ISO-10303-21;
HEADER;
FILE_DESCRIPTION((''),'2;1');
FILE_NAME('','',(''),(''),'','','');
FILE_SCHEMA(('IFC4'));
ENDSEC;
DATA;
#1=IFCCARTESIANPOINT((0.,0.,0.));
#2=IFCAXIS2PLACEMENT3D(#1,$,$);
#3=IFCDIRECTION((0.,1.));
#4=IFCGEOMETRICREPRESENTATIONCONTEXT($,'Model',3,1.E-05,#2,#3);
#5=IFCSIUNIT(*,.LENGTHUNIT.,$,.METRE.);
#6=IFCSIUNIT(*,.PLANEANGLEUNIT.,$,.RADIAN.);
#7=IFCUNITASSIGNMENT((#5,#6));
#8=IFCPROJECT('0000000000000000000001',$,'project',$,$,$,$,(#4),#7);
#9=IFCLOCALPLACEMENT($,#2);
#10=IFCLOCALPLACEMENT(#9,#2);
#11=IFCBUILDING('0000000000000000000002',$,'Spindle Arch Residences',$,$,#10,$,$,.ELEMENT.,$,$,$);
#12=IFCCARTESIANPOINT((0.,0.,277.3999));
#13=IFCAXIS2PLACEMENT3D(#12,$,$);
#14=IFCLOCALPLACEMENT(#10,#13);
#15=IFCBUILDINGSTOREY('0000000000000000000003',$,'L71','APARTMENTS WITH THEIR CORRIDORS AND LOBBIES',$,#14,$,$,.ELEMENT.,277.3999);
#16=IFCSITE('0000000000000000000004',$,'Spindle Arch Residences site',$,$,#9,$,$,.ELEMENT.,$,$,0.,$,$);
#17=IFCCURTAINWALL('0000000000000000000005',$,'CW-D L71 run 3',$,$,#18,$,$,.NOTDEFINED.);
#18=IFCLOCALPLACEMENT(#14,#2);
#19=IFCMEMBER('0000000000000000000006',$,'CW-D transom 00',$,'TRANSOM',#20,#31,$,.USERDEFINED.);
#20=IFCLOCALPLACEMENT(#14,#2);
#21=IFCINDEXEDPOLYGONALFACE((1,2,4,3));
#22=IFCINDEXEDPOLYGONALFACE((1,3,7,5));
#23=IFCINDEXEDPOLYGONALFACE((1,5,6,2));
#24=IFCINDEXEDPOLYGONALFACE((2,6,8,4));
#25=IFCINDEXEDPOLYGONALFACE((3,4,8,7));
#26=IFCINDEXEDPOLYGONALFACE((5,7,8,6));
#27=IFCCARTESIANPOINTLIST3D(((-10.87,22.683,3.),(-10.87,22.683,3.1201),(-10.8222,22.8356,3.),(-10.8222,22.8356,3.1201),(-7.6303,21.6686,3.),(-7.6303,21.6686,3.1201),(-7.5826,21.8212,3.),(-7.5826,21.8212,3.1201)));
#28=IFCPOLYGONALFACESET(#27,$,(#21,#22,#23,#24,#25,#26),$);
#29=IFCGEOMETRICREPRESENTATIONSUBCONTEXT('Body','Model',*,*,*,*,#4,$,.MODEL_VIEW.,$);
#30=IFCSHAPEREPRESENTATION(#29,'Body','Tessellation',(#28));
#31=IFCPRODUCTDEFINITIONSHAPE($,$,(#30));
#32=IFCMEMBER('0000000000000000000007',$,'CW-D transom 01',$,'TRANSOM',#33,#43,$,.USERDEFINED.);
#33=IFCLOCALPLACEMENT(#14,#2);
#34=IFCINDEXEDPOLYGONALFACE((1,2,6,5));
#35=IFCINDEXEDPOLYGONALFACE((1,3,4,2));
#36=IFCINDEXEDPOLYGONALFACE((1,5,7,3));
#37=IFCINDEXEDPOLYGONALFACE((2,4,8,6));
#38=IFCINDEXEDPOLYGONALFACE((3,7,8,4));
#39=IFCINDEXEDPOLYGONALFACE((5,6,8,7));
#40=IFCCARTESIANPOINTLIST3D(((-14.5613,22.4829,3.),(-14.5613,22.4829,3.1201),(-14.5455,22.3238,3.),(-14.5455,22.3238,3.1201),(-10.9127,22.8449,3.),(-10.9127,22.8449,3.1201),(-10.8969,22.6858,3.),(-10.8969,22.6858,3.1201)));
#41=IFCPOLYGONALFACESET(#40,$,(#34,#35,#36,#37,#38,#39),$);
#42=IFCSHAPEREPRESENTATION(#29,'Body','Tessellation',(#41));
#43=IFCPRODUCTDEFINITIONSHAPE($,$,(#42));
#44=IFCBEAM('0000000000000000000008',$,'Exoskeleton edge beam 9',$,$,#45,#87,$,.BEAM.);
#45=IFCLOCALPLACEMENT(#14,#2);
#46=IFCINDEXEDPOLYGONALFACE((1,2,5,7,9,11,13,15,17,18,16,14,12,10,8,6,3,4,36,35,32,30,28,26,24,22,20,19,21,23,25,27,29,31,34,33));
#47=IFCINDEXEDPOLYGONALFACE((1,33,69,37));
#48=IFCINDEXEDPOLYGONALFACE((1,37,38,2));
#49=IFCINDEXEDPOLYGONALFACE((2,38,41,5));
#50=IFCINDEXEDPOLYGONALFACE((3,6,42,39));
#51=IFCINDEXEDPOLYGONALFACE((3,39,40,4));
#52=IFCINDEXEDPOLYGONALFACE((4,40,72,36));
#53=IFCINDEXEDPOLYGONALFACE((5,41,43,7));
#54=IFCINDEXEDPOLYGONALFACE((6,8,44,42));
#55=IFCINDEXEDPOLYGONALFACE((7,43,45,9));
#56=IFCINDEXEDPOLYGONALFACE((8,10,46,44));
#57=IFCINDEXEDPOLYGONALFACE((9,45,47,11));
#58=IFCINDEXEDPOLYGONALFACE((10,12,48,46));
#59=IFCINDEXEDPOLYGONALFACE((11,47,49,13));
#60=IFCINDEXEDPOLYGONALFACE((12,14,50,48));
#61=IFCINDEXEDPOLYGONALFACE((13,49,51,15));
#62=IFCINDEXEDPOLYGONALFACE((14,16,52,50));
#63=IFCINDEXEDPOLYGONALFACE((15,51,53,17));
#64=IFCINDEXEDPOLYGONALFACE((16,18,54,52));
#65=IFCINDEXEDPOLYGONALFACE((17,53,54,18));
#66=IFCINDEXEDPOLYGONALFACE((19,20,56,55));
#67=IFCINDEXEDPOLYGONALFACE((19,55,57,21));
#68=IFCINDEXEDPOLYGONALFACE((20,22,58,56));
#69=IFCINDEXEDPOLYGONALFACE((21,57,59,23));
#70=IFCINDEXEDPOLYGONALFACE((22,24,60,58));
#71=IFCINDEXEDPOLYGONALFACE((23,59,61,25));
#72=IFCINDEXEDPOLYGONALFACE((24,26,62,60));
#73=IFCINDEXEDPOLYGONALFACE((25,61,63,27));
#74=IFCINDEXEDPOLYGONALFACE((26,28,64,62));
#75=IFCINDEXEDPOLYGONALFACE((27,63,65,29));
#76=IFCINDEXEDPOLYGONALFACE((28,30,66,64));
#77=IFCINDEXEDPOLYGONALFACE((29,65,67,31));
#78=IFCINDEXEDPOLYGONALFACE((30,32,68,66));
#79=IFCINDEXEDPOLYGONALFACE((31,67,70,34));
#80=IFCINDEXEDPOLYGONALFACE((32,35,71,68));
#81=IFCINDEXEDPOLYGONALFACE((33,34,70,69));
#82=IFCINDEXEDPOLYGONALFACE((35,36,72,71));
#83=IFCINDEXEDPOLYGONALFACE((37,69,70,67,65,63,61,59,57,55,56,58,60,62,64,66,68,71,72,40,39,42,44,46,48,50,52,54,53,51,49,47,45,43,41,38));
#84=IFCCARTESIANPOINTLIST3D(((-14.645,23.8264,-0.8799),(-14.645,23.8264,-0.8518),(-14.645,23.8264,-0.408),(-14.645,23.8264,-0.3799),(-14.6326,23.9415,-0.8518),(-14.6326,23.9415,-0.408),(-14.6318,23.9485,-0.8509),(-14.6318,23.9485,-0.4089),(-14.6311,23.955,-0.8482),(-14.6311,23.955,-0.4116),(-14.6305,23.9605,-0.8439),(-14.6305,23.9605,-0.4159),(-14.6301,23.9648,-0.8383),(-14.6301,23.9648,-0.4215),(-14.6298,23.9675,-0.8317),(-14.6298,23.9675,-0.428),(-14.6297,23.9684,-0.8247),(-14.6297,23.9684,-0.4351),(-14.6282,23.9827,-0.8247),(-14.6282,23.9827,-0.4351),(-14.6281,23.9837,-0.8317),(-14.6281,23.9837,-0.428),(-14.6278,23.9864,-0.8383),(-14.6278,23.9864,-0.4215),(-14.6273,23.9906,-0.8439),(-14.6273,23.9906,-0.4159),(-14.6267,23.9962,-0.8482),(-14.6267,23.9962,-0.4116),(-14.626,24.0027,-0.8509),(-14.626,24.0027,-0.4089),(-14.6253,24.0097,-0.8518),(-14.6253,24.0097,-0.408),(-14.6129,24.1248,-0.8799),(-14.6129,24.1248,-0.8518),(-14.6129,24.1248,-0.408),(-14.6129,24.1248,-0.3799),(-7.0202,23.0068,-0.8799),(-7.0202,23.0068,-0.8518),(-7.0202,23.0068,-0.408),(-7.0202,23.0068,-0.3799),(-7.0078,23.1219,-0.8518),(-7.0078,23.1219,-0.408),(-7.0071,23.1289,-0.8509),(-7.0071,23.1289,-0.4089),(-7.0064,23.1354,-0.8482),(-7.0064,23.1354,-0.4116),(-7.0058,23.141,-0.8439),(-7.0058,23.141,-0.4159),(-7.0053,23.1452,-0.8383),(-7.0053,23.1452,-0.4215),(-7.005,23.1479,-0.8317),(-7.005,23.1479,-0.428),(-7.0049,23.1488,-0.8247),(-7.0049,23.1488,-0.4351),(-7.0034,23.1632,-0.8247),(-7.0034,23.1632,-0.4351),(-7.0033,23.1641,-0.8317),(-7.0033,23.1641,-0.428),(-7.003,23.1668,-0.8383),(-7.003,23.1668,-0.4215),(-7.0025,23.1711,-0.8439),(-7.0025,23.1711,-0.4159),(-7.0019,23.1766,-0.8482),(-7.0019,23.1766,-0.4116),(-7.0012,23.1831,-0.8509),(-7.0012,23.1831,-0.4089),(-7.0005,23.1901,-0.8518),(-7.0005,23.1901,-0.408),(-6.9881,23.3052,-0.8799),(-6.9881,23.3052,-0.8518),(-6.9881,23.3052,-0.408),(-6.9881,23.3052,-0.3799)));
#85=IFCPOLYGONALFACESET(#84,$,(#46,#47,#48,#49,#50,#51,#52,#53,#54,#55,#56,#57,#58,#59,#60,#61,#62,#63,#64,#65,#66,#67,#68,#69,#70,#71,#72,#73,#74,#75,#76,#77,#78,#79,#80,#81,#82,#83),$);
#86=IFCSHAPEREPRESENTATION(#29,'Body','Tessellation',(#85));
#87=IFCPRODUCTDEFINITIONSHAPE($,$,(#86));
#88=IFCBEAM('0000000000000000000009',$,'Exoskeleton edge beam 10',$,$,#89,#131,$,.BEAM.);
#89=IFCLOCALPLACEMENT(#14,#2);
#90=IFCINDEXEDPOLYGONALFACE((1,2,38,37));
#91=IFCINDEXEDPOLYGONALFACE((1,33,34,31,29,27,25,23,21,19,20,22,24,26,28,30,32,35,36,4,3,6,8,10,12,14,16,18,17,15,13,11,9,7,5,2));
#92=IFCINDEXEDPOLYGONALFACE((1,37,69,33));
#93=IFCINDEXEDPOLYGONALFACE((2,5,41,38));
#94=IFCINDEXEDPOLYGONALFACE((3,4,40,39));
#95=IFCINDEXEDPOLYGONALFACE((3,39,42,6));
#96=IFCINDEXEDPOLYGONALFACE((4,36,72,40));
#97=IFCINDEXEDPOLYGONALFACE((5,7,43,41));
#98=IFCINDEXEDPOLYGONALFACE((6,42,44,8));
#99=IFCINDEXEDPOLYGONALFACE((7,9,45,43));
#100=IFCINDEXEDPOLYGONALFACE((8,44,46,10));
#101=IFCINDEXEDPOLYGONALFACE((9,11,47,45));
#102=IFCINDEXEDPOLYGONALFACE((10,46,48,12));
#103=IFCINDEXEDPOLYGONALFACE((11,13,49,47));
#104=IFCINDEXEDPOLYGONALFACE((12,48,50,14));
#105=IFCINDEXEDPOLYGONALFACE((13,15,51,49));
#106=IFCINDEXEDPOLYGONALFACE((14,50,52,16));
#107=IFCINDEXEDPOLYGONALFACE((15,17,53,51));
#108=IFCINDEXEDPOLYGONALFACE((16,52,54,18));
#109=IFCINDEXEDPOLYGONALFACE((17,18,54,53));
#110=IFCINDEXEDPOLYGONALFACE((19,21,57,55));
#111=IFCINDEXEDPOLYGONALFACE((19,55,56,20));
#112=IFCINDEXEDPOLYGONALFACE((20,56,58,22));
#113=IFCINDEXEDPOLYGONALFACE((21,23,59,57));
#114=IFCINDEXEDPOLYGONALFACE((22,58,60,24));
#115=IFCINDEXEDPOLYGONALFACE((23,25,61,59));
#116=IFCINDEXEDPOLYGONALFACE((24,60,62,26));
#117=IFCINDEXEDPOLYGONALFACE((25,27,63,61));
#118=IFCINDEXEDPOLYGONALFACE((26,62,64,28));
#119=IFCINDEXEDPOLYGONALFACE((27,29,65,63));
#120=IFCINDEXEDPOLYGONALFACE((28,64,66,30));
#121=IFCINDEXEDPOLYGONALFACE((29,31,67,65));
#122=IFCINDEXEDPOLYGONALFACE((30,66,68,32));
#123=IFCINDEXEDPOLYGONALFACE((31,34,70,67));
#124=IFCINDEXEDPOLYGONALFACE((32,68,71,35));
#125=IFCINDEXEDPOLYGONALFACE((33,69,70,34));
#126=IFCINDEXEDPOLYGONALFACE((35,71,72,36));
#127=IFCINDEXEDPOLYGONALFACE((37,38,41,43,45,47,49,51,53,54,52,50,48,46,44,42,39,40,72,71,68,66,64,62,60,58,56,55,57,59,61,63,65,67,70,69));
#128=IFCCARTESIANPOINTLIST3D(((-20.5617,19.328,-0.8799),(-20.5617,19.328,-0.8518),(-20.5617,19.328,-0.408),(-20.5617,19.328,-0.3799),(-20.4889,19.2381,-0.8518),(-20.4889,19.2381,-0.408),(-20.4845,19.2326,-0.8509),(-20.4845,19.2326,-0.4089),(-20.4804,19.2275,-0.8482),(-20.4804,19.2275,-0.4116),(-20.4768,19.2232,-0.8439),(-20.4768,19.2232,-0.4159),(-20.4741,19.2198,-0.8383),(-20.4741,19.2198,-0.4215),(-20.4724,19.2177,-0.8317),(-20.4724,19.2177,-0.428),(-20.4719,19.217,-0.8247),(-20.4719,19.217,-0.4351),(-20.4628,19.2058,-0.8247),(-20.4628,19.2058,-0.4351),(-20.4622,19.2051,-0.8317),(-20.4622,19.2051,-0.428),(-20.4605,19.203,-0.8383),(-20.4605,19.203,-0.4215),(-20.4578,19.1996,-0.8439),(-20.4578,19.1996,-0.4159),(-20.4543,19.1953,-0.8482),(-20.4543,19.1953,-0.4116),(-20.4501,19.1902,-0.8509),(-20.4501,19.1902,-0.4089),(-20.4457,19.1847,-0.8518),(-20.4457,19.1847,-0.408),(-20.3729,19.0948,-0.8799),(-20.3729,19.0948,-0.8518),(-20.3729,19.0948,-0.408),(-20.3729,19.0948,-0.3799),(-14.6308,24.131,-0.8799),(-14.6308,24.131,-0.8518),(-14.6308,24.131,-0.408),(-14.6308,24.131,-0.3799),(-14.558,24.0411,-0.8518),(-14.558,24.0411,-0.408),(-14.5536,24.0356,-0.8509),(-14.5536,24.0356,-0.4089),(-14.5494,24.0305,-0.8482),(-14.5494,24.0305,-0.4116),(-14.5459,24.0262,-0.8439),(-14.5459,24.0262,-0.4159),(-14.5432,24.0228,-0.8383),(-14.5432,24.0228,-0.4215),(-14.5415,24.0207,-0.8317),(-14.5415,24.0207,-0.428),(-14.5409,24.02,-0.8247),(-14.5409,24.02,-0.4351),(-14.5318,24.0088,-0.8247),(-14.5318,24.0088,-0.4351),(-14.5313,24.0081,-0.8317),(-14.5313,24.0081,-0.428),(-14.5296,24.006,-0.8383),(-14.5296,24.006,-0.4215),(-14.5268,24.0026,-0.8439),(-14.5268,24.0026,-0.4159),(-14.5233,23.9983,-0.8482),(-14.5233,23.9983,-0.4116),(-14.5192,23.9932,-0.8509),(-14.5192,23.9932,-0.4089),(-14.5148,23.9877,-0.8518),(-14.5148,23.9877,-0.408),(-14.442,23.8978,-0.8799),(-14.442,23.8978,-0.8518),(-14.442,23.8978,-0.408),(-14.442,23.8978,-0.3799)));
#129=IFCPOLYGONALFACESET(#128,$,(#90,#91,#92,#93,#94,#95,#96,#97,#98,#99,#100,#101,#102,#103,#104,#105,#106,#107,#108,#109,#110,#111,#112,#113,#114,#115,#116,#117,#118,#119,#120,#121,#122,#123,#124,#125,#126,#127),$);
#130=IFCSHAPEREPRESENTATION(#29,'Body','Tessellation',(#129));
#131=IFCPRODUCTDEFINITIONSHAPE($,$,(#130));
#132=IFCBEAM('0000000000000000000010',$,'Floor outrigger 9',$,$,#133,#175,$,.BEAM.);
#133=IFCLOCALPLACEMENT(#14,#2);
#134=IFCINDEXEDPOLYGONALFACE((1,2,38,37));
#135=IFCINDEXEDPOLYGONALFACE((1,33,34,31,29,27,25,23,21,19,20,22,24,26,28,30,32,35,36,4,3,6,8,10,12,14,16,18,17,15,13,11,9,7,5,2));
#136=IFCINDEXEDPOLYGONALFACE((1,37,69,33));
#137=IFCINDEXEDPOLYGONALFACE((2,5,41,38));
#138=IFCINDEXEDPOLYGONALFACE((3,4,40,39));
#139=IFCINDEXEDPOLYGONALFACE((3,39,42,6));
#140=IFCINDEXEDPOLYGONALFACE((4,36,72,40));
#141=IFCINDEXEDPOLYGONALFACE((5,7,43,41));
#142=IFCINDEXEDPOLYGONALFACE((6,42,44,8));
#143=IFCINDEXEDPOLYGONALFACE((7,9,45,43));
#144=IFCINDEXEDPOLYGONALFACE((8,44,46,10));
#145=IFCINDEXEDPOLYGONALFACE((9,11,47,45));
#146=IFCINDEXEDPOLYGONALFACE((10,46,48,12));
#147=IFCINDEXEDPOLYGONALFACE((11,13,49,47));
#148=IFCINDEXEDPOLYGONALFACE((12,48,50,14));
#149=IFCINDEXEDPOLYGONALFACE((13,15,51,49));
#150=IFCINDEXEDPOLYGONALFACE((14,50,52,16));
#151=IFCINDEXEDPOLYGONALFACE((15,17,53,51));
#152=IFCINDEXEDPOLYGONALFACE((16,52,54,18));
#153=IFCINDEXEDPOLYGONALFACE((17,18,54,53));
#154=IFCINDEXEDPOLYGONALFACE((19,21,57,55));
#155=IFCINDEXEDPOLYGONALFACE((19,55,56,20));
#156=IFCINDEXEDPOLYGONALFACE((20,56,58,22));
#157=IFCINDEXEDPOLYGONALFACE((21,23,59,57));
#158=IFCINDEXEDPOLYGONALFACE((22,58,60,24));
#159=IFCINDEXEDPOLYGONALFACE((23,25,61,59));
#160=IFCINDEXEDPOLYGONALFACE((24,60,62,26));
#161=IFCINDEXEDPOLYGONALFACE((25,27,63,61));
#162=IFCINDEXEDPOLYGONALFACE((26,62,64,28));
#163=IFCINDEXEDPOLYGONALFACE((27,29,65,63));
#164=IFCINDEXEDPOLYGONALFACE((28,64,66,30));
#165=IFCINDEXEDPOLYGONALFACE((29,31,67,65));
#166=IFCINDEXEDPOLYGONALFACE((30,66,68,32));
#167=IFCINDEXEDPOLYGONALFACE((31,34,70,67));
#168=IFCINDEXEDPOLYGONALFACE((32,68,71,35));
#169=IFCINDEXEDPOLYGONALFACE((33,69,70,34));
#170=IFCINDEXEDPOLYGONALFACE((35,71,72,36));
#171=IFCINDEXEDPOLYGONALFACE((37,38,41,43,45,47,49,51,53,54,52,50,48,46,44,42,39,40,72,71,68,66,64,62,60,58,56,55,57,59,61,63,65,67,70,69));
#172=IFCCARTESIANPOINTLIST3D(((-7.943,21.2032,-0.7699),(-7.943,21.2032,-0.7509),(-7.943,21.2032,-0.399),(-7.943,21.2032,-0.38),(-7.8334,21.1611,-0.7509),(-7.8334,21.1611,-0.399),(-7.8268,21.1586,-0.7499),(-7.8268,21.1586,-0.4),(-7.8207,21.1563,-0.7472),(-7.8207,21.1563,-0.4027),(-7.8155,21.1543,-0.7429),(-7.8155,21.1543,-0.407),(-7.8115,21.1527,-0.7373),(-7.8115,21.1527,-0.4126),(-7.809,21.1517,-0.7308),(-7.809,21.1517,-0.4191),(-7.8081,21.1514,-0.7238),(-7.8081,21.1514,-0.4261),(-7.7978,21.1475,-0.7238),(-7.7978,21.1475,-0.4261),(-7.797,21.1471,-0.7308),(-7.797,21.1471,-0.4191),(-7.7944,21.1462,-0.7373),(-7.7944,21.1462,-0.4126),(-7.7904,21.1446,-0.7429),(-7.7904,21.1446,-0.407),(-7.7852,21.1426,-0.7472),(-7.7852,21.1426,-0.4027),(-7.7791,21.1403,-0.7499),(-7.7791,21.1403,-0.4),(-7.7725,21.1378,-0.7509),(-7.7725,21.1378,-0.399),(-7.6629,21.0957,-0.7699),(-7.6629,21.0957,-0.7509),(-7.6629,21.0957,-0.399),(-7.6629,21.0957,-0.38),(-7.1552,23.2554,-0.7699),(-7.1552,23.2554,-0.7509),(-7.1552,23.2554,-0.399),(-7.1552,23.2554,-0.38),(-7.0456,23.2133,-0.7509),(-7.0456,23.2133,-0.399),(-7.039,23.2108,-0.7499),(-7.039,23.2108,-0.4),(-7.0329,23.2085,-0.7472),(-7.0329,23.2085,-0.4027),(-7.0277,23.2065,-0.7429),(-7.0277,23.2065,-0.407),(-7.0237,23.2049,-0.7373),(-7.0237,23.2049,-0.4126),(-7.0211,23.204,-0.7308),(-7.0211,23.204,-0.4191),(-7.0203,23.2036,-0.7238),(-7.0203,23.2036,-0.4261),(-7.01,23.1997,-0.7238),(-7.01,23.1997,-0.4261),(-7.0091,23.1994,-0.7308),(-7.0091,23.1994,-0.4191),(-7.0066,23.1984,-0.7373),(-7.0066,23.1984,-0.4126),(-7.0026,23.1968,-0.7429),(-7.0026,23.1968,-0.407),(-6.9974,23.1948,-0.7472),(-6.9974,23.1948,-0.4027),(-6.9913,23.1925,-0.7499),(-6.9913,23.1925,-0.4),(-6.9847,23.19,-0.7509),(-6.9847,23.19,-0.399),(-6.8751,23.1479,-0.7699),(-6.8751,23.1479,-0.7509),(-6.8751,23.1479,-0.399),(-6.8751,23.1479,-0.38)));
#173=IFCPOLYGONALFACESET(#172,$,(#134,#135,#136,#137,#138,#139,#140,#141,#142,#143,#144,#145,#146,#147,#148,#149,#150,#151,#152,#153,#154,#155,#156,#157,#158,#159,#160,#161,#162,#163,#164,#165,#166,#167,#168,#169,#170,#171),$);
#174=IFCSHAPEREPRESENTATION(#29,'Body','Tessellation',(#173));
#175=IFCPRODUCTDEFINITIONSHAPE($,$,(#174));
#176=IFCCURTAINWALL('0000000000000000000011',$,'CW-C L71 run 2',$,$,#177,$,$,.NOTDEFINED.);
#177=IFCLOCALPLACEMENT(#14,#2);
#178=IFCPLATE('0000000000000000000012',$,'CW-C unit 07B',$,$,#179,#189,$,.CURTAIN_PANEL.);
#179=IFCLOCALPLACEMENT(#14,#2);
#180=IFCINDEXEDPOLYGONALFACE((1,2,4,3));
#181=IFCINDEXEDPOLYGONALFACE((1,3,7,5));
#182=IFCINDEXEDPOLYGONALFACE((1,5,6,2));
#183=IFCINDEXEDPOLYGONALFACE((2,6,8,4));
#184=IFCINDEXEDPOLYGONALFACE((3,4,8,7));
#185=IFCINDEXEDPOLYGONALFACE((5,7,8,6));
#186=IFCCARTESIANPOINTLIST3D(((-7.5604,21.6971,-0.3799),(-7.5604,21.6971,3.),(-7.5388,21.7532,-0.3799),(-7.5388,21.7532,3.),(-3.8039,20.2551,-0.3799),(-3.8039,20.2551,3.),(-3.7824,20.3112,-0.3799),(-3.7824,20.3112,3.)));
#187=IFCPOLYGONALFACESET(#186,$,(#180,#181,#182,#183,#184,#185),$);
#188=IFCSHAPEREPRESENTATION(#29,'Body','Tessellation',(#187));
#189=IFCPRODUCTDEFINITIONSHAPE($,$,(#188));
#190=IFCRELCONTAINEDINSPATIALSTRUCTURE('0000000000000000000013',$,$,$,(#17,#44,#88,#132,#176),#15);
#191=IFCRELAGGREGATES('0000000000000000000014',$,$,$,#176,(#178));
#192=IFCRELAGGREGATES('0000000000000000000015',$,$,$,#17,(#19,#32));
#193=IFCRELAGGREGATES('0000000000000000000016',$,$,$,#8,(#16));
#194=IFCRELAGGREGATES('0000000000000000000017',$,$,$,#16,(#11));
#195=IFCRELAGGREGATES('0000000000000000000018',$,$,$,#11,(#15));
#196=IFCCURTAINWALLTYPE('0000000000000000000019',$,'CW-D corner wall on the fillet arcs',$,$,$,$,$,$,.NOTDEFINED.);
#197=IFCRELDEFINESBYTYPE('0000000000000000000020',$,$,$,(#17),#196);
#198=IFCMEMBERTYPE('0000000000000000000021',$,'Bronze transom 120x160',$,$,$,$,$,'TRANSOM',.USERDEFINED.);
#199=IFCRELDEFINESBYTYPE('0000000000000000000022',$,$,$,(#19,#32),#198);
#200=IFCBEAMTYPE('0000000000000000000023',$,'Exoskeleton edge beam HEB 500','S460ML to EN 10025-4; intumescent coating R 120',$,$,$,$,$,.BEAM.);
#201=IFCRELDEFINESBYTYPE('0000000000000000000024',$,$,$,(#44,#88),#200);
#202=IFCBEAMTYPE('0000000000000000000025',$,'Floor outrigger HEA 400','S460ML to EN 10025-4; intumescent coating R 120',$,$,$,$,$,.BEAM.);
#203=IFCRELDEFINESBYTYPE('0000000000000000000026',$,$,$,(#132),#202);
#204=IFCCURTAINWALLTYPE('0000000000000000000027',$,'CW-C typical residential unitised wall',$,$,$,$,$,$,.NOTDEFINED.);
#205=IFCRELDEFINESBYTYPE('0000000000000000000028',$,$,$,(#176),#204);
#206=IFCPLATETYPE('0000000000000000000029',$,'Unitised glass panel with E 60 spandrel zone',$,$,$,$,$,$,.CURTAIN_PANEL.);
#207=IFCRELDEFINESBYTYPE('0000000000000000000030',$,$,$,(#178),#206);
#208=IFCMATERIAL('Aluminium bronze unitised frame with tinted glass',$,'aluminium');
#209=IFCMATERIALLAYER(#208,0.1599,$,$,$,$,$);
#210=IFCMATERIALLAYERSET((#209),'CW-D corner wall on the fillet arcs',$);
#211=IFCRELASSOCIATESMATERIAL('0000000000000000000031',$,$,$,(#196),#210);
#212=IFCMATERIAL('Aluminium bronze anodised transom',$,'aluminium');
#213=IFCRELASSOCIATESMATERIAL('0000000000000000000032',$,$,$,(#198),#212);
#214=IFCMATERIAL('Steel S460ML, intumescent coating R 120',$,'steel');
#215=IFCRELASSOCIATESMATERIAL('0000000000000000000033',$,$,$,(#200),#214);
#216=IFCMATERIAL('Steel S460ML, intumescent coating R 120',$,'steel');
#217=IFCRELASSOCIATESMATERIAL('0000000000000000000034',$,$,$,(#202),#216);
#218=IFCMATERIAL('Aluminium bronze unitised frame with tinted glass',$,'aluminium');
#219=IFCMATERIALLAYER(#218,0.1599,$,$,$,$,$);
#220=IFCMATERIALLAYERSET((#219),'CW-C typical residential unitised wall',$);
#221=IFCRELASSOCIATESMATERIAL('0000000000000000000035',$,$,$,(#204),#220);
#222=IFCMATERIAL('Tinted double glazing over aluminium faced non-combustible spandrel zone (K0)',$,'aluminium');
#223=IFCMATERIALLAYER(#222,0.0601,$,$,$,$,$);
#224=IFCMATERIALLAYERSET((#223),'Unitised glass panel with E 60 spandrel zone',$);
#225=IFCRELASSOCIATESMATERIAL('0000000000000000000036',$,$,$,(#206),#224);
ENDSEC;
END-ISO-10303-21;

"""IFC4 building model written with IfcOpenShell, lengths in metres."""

from ifc_helpers import new_model, si_unit, direction, frame, origin, origin_2d, place, context, subcontext, project, spatial, rectangle, i_section, extrude, material, layer, layer_set, material_profile, profile_set, type_object, element, aggregate, save


model = new_model("IFC4")

# Units and contexts
model_context = context("Model", 3, precision=1e-05, world=origin(), true_north=direction((0.0, 1.0)))
body_context = subcontext(model_context, "Body", "Model", "MODEL_VIEW")
ifc_project = project(units=[si_unit("LENGTHUNIT", "METRE"), si_unit("PLANEANGLEUNIT", "RADIAN")], contexts=[model_context])

# Site, building, storey
site_placement = place(None, origin())
site = spatial("IfcSite", under=ifc_project, at=site_placement, Name="Spindle Arch Residences site", CompositionType="ELEMENT", RefElevation=0.0)
building_placement = place(site_placement, origin())
building = spatial("IfcBuilding", under=site, at=building_placement, Name="Spindle Arch Residences", CompositionType="ELEMENT")
storey_placement = place(building_placement, frame((0.0, 0.0, 277.3999)))
storey = spatial("IfcBuildingStorey", under=building, at=storey_placement, Name="L71", Description="APARTMENTS WITH THEIR CORRIDORS AND LOBBIES", CompositionType="ELEMENT", Elevation=277.3999)

# Curtain wall, members
ifc_material_1 = material(Name="Aluminium bronze unitised frame with tinted glass", Category="aluminium")
ifc_layer_1 = layer(ifc_material_1, 0.1599)
ifc_layer_set_1 = layer_set([ifc_layer_1], Name="CW-D corner wall on the fillet arcs")
curtain_wall_type_1 = type_object("IfcCurtainWallType", Name="CW-D corner wall on the fillet arcs", PredefinedType="NOTDEFINED", material=ifc_layer_set_1)
curtain_wall_1_placement = place(storey_placement, origin())
curtain_wall_1 = element("IfcCurtainWall", 1, at=curtain_wall_1_placement, inside=storey, type_object=curtain_wall_type_1, Name="CW-D L71 run 3", PredefinedType="NOTDEFINED")
ifc_material_2 = material(Name="Aluminium bronze anodised transom", Category="aluminium")
ifc_material_profile_1 = material_profile(ifc_material_2, rectangle(XDim=0.1599, YDim=0.1201, at=origin_2d()), Name="TR 120x160")
ifc_profile_set_1 = profile_set([ifc_material_profile_1], Name="Aluminium bronze anodised transom")
member_type_1 = type_object("IfcMemberType", Name="Bronze transom 120x160", ElementType="TRANSOM", PredefinedType="USERDEFINED", material=ifc_profile_set_1)
member_1_placement = place(storey_placement, frame((-7.6064, 21.7449, 3.0601), z_axis=(-0.954313, 0.298807, 0.0), x_axis=(-0.298807, -0.954313, 0.0)))
member_1 = element("IfcMember", 2, at=member_1_placement, type_object=member_type_1, Name="CW-D transom 00", ObjectType="TRANSOM", PredefinedType="USERDEFINED", context=body_context, shape_type="SweptSolid", body=[
    extrude(rectangle(XDim=0.1599, YDim=0.1201, at=origin_2d()), origin(), (0.0, 0.0, 1.0), 3.3948),
])
member_2_placement = place(storey_placement, frame((-10.9048, 22.7654, 3.0601), z_axis=(-0.995113, -0.098746, 0.0), x_axis=(0.098746, -0.995113, 0.0)))
member_2 = element("IfcMember", 3, at=member_2_placement, type_object=member_type_1, Name="CW-D transom 01", ObjectType="TRANSOM", PredefinedType="USERDEFINED", context=body_context, shape_type="SweptSolid", body=[
    extrude(rectangle(XDim=0.1599, YDim=0.1201, at=origin_2d()), origin(), (0.0, 0.0, 1.0), 3.6665),
])

# Beams
ifc_material_3 = material(Name="Steel S460ML, intumescent coating R 120", Category="steel")
ifc_material_profile_2 = material_profile(ifc_material_3, i_section(OverallWidth=0.3, OverallDepth=0.5, WebThickness=0.0144, FlangeThickness=0.0281, FilletRadius=0.0271, at=origin_2d()), Name="HEB 500")
ifc_profile_set_2 = profile_set([ifc_material_profile_2], Name="Steel S460ML, intumescent coating R 120")
beam_type_1 = type_object("IfcBeamType", Name="Exoskeleton edge beam HEB 500", Description="S460ML to EN 10025-4; intumescent coating R 120", PredefinedType="BEAM", material=ifc_profile_set_2)
beam_1_placement = place(storey_placement, frame((-7.0042, 23.156, -0.6299), z_axis=(-0.994273, 0.106874, 0.0), x_axis=(-0.106874, -0.994273, 0.0)))
element("IfcBeam", 4, at=beam_1_placement, inside=storey, type_object=beam_type_1, Name="Exoskeleton edge beam 9", PredefinedType="BEAM", context=body_context, shape_type="SweptSolid", body=[
    extrude(i_section(OverallWidth=0.3, OverallDepth=0.5, WebThickness=0.0144, FlangeThickness=0.0281, FilletRadius=0.0271, at=origin_2d()), origin(), (0.0, 0.0, 1.0), 7.6687),
])
beam_2_placement = place(storey_placement, frame((-14.5364, 24.0144, -0.6299), z_axis=(-0.777132, -0.629338, 0.0), x_axis=(0.629338, -0.777132, 0.0)))
element("IfcBeam", 5, at=beam_2_placement, inside=storey, type_object=beam_type_1, Name="Exoskeleton edge beam 10", PredefinedType="BEAM", context=body_context, shape_type="SweptSolid", body=[
    extrude(i_section(OverallWidth=0.3, OverallDepth=0.5, WebThickness=0.0144, FlangeThickness=0.0281, FilletRadius=0.0271, at=origin_2d()), origin(), (0.0, 0.0, 1.0), 7.6318),
])
ifc_material_4 = material(Name="Steel S460ML, intumescent coating R 120", Category="steel")
ifc_material_profile_3 = material_profile(ifc_material_4, i_section(OverallWidth=0.3, OverallDepth=0.3899, WebThickness=0.011, FlangeThickness=0.019, FilletRadius=0.0271, at=origin_2d()), Name="HEA 400")
ifc_profile_set_3 = profile_set([ifc_material_profile_3], Name="Steel S460ML, intumescent coating R 120")
beam_type_2 = type_object("IfcBeamType", Name="Floor outrigger HEA 400", Description="S460ML to EN 10025-4; intumescent coating R 120", PredefinedType="BEAM", material=ifc_profile_set_3)
beam_3_placement = place(storey_placement, frame((-7.0151, 23.2017, -0.575), z_axis=(-0.358391, -0.933572, 0.0), x_axis=(0.933572, -0.358391, 0.0)))
element("IfcBeam", 6, at=beam_3_placement, inside=storey, type_object=beam_type_2, Name="Floor outrigger 9", PredefinedType="BEAM", context=body_context, shape_type="SweptSolid", body=[
    extrude(i_section(OverallWidth=0.3, OverallDepth=0.3899, WebThickness=0.011, FlangeThickness=0.019, FilletRadius=0.0271, at=origin_2d()), origin(), (0.0, 0.0, 1.0), 2.1982),
])

# Curtain wall, plate
ifc_material_5 = material(Name="Aluminium bronze unitised frame with tinted glass", Category="aluminium")
ifc_layer_2 = layer(ifc_material_5, 0.1599)
ifc_layer_set_2 = layer_set([ifc_layer_2], Name="CW-C typical residential unitised wall")
curtain_wall_type_2 = type_object("IfcCurtainWallType", Name="CW-C typical residential unitised wall", PredefinedType="NOTDEFINED", material=ifc_layer_set_2)
curtain_wall_2_placement = place(storey_placement, origin())
curtain_wall_2 = element("IfcCurtainWall", 7, at=curtain_wall_2_placement, inside=storey, type_object=curtain_wall_type_2, Name="CW-C L71 run 2", PredefinedType="NOTDEFINED")
ifc_material_6 = material(Name="Tinted double glazing over aluminium faced non-combustible spandrel zone (K0)", Category="aluminium")
ifc_layer_3 = layer(ifc_material_6, 0.0601)
ifc_layer_set_3 = layer_set([ifc_layer_3], Name="Unitised glass panel with E 60 spandrel zone")
plate_type = type_object("IfcPlateType", Name="Unitised glass panel with E 60 spandrel zone", PredefinedType="CURTAIN_PANEL", material=ifc_layer_set_3)
plate_1_placement = place(storey_placement, frame((-5.6714, 21.0042, -0.3799), z_axis=(0.0, 0.0, 1.0), x_axis=(-0.93358, 0.358368, 0.0)))
plate_1 = element("IfcPlate", 8, at=plate_1_placement, type_object=plate_type, Name="CW-C unit 07B", PredefinedType="CURTAIN_PANEL", context=body_context, shape_type="SweptSolid", body=[
    extrude(rectangle(XDim=4.0237, YDim=0.0601, at=origin_2d()), origin(), (0.0, 0.0, 1.0), 3.3799),
])
aggregate(curtain_wall_2, [plate_1])

aggregate(curtain_wall_1, [member_1, member_2])

save(model, "model.ifc")
